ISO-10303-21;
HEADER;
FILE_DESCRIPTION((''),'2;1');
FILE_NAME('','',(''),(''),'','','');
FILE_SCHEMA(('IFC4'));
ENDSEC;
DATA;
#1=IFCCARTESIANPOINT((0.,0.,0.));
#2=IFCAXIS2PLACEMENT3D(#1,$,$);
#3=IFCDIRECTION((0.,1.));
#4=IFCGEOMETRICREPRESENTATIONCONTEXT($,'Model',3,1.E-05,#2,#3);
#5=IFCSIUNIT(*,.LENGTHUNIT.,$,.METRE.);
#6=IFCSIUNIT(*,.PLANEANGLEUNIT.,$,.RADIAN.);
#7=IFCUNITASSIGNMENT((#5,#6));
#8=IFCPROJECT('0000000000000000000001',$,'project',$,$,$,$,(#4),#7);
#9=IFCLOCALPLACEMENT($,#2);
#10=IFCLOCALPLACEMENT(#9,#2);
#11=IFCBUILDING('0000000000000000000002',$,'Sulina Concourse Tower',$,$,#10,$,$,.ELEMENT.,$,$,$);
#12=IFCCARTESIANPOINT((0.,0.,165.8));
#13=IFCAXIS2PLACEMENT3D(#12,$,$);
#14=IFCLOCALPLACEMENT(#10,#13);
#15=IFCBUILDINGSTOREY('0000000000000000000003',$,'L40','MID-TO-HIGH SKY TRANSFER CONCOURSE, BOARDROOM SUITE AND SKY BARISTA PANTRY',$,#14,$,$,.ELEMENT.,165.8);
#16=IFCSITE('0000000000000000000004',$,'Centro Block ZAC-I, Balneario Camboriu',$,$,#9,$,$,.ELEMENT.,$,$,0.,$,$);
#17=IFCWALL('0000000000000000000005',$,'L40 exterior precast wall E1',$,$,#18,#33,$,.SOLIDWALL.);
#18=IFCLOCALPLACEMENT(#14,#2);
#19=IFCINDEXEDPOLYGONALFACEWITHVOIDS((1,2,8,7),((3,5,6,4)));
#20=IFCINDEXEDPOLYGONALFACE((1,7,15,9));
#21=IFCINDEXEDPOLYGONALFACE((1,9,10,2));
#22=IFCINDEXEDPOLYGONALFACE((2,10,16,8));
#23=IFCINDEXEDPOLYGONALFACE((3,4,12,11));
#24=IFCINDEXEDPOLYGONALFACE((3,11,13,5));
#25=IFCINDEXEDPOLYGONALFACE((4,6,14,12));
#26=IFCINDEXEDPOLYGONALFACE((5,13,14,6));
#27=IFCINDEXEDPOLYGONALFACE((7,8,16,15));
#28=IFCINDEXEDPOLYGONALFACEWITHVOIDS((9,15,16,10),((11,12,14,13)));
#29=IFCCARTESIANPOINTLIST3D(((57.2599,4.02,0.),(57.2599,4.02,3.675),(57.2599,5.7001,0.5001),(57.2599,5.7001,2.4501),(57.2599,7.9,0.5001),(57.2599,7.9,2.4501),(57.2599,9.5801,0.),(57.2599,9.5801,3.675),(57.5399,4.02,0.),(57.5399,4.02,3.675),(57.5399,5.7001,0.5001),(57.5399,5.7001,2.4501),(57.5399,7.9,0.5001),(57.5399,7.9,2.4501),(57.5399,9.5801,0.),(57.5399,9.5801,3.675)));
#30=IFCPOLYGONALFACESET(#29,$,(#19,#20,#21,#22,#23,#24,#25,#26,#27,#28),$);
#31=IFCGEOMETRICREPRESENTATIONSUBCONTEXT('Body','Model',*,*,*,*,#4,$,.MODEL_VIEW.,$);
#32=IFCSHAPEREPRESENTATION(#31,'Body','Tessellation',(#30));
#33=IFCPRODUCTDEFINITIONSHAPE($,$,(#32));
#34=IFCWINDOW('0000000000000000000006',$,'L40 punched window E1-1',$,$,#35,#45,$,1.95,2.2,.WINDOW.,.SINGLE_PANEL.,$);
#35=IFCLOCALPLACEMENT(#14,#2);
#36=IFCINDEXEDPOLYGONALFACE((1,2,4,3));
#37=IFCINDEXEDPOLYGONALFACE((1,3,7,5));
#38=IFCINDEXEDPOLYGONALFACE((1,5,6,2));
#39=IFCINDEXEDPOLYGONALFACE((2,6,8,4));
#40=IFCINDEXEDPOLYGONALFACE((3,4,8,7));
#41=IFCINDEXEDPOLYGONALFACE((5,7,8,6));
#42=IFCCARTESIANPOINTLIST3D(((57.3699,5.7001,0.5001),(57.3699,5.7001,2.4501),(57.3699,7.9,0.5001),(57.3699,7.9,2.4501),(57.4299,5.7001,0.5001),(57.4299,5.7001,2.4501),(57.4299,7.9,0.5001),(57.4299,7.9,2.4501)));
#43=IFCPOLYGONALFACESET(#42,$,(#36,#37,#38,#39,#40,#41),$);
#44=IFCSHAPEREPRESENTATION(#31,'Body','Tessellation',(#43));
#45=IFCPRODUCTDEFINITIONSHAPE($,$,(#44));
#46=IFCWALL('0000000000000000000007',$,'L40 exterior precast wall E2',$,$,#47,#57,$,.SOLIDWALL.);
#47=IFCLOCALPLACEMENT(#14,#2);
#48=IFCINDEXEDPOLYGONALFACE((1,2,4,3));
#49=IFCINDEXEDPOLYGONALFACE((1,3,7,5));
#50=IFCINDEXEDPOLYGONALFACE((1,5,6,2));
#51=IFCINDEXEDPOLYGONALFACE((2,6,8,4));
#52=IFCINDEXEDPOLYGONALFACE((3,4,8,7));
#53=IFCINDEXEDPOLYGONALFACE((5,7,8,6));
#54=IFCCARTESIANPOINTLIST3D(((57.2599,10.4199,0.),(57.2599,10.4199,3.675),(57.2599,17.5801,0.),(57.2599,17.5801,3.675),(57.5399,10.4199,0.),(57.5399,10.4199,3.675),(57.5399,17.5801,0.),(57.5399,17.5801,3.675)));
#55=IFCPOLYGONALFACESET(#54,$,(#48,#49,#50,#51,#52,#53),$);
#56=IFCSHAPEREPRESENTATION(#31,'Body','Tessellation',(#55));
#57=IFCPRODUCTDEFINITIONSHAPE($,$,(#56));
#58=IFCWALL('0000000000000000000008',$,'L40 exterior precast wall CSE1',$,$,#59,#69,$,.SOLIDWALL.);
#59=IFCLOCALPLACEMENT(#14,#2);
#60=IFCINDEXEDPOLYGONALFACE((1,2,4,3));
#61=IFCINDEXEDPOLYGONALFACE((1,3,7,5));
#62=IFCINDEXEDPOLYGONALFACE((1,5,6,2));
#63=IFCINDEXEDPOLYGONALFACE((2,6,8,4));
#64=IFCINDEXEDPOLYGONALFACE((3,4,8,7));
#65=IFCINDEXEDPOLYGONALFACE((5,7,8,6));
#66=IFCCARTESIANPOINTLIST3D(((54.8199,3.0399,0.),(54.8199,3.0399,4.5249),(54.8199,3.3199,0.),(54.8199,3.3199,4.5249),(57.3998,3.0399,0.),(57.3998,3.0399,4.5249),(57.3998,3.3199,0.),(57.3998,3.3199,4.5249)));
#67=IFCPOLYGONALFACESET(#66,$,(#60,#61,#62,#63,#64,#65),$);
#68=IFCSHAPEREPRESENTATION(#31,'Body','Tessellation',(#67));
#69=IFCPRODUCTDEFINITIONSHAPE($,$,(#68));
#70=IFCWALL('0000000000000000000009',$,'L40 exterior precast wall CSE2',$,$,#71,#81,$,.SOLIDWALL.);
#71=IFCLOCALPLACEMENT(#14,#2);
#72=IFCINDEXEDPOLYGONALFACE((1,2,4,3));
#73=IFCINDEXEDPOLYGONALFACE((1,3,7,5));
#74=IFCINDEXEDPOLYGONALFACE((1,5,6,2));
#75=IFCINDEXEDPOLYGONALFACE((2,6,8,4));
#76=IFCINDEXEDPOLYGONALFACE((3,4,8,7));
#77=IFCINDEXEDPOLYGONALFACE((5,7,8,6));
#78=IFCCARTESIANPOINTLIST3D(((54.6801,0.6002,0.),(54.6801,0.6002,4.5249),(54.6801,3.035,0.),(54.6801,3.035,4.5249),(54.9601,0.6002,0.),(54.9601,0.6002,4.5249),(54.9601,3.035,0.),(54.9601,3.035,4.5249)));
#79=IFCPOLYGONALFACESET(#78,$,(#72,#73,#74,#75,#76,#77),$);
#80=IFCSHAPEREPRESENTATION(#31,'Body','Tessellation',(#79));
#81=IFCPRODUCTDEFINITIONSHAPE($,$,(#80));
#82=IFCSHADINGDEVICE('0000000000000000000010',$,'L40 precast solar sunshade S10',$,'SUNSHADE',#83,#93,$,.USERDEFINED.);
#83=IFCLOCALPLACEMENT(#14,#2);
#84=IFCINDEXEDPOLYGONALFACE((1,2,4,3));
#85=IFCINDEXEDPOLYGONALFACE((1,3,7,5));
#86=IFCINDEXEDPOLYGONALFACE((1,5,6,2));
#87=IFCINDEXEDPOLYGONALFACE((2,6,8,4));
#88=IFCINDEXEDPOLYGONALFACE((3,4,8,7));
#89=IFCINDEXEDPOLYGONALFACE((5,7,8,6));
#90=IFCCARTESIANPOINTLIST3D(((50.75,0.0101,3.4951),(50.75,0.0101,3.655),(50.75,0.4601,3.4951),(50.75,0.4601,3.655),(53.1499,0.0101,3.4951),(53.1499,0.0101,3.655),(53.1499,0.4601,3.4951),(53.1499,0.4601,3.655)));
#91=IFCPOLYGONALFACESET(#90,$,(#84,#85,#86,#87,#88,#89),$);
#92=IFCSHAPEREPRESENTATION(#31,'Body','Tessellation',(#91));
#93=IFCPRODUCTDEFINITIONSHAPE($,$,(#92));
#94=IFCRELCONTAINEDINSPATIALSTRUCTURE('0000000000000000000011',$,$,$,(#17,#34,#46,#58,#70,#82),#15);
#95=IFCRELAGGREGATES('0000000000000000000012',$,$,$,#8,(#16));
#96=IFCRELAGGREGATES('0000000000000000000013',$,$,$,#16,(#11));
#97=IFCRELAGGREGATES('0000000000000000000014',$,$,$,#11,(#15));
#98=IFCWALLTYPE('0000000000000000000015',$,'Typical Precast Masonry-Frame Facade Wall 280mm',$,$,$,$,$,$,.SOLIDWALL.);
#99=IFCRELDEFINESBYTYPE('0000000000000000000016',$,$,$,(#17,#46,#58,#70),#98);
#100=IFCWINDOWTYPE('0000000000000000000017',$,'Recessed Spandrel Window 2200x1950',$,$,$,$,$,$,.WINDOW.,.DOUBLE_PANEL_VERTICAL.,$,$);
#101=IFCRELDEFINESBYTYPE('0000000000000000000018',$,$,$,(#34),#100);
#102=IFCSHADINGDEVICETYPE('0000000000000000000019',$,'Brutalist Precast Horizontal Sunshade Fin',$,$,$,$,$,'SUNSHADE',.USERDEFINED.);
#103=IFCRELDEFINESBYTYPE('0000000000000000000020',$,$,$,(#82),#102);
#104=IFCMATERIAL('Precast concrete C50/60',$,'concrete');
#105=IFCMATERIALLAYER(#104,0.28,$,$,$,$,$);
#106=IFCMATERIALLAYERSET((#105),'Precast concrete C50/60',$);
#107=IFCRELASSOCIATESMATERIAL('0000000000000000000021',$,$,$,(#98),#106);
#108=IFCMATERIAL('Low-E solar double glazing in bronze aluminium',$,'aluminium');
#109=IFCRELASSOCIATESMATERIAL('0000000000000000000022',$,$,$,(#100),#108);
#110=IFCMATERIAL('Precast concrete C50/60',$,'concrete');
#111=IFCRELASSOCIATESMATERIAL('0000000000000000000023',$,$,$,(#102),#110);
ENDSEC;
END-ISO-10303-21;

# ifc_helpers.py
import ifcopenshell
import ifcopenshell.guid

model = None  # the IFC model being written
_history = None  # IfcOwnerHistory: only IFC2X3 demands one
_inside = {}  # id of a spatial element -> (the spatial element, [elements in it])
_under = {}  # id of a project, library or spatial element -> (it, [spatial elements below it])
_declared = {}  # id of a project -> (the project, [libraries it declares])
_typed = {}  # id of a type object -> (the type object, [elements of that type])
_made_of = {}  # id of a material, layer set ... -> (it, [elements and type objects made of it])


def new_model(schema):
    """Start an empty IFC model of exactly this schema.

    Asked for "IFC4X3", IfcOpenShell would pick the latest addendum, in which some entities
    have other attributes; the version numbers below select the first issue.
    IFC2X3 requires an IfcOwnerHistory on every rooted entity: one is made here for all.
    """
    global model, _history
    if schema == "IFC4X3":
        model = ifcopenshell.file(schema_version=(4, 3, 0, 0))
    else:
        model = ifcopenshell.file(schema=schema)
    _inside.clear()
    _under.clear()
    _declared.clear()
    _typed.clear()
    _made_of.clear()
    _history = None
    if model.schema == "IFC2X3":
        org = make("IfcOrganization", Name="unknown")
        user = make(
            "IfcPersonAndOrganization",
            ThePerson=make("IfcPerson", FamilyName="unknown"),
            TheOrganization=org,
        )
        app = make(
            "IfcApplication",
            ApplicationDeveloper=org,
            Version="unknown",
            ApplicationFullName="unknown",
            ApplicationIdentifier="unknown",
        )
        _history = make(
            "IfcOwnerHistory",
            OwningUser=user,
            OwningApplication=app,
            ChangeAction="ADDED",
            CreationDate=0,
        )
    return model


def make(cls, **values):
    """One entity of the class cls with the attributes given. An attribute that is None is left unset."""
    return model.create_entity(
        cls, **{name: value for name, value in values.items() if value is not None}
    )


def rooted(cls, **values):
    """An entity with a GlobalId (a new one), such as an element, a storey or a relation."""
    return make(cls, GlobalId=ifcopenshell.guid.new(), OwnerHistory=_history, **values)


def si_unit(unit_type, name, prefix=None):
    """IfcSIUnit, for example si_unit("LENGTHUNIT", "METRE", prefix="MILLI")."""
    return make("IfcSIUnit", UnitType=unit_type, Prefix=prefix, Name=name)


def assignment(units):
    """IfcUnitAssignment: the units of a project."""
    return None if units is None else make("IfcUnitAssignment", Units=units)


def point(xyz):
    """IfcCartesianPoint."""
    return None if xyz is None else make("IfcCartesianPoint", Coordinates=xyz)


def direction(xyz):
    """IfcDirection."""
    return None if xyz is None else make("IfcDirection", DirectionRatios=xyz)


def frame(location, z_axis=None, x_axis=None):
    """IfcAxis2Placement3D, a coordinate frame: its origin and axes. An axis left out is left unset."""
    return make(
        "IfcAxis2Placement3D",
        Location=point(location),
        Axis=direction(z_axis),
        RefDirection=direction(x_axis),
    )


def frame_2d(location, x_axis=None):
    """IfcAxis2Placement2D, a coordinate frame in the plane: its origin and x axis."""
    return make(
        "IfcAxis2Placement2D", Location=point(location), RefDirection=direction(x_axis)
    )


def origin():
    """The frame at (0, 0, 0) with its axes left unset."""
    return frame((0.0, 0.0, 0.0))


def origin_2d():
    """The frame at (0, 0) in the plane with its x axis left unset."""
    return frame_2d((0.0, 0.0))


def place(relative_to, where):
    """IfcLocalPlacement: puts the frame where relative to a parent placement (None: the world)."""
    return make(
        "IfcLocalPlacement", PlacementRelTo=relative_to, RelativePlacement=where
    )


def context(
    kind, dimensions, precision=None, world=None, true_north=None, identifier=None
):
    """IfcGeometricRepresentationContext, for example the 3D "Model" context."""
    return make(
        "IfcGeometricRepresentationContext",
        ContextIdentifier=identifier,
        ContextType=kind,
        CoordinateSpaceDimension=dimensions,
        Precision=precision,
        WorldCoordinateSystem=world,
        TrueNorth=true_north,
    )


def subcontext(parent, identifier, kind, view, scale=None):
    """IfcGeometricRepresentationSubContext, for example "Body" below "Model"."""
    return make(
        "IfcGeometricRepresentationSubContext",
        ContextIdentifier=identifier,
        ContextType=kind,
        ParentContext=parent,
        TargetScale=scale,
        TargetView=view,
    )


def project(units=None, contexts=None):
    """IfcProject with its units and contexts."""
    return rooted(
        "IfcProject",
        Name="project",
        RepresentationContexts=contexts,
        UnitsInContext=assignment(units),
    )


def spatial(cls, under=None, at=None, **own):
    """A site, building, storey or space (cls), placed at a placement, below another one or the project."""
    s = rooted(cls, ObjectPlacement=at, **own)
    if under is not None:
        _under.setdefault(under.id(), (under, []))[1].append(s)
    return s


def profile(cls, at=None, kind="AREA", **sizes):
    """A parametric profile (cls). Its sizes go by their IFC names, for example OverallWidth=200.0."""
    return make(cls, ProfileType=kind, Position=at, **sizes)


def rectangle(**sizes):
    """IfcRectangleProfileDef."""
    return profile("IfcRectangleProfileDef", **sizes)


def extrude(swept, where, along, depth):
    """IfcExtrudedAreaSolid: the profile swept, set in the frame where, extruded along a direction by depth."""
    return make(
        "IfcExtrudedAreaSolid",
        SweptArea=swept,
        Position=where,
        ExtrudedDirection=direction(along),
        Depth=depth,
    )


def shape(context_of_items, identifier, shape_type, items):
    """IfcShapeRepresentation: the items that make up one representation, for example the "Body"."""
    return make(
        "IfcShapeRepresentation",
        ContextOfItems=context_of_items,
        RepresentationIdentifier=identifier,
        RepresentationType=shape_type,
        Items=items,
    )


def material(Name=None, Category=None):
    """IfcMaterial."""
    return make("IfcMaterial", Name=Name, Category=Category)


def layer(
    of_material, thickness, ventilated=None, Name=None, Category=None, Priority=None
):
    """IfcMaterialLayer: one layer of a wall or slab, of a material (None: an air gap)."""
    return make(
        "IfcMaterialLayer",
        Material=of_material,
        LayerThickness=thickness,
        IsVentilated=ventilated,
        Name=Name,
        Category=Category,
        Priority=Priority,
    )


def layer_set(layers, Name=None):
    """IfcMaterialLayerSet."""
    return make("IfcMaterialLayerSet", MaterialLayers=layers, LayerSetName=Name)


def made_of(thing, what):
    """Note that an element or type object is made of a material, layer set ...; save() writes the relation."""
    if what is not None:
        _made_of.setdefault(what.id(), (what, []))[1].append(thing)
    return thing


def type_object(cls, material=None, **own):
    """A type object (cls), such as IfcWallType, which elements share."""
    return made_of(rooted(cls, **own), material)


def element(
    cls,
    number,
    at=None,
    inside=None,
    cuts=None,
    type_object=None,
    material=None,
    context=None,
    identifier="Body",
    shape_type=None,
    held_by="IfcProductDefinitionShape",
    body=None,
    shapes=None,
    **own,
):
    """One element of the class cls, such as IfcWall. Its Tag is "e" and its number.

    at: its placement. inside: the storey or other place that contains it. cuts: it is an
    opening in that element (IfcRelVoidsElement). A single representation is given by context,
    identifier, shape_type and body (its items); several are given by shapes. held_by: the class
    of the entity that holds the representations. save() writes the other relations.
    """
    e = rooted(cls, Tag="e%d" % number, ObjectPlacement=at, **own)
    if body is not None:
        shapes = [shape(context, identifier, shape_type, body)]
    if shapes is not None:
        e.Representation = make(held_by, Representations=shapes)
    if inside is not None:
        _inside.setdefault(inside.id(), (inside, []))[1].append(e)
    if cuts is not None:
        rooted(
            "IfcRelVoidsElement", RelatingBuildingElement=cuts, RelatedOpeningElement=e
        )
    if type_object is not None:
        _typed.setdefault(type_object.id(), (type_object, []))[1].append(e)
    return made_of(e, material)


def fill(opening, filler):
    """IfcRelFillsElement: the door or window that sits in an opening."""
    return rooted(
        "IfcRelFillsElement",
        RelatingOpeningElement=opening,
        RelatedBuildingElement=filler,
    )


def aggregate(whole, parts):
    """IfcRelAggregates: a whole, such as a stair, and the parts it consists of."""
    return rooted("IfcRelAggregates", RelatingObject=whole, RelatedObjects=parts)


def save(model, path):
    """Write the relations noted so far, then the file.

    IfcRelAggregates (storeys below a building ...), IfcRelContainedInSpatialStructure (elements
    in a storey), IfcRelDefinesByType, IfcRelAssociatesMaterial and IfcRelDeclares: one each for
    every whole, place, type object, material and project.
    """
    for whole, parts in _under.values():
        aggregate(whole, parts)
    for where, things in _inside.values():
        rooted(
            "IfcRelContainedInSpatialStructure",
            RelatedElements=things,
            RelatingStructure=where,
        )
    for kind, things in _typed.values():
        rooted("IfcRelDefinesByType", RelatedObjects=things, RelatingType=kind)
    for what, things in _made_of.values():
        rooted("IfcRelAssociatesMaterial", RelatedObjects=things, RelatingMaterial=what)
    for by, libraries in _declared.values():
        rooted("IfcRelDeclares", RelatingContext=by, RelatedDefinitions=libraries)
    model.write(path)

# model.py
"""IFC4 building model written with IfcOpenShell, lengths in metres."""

from ifc_helpers import new_model, si_unit, direction, frame, frame_2d, origin, origin_2d, place, context, subcontext, project, spatial, rectangle, extrude, material, layer, layer_set, type_object, element, fill, save


model = new_model("IFC4")

# Units and contexts
model_context = context("Model", 3, precision=1e-05, world=origin(), true_north=direction((0.0, 1.0)))
body_context = subcontext(model_context, "Body", "Model", "MODEL_VIEW")
ifc_project = project(units=[si_unit("LENGTHUNIT", "METRE"), si_unit("PLANEANGLEUNIT", "RADIAN")], contexts=[model_context])

# Site, building, storey
site_placement = place(None, origin())
site = spatial("IfcSite", under=ifc_project, at=site_placement, Name="Centro Block ZAC-I, Balneario Camboriu", CompositionType="ELEMENT", RefElevation=0.0)
building_placement = place(site_placement, origin())
building = spatial("IfcBuilding", under=site, at=building_placement, Name="Sulina Concourse Tower", CompositionType="ELEMENT")
storey_placement = place(building_placement, frame((0.0, 0.0, 165.8)))
storey = spatial("IfcBuildingStorey", under=building, at=storey_placement, Name="L40", Description="MID-TO-HIGH SKY TRANSFER CONCOURSE, BOARDROOM SUITE AND SKY BARISTA PANTRY", CompositionType="ELEMENT", Elevation=165.8)

# Shared definitions
ifc_material_1 = material(Name="Precast concrete C50/60", Category="concrete")
ifc_layer = layer(ifc_material_1, 0.28)
ifc_layer_set = layer_set([ifc_layer], Name="Precast concrete C50/60")
wall_type = type_object("IfcWallType", Name="Typical Precast Masonry-Frame Facade Wall 280mm", PredefinedType="SOLIDWALL", material=ifc_layer_set)

# Wall, opening, window
wall_1_placement = place(storey_placement, frame((57.3999, 9.5801, 0.0), z_axis=(0.0, 0.0, 1.0), x_axis=(0.0, -1.0, 0.0)))
wall_1 = element("IfcWall", 1, at=wall_1_placement, inside=storey, type_object=wall_type, Name="L40 exterior precast wall E1", PredefinedType="SOLIDWALL", context=body_context, shape_type="SweptSolid", body=[
    extrude(rectangle(XDim=5.5601, YDim=0.28, at=frame_2d((2.78, 0.0))), origin(), (0.0, 0.0, 1.0), 3.675),
])
opening_placement = place(wall_1_placement, frame((1.6799, 0.0, 0.5)))
opening = element("IfcOpeningElement", 2, at=opening_placement, cuts=wall_1, PredefinedType="OPENING", context=body_context, shape_type="SweptSolid", body=[
    extrude(rectangle(XDim=2.2, YDim=1.95, at=frame_2d((1.1001, 0.9751))), frame((0.0, 0.1499, 0.0), z_axis=(0.0, -1.0, 0.0), x_axis=(1.0, 0.0, 0.0)), (0.0, 0.0, 1.0), 0.3),
])
ifc_material_2 = material(Name="Low-E solar double glazing in bronze aluminium", Category="aluminium")
window_type = type_object("IfcWindowType", Name="Recessed Spandrel Window 2200x1950", PartitioningType="DOUBLE_PANEL_VERTICAL", PredefinedType="WINDOW", material=ifc_material_2)
window_placement = place(opening_placement, origin())
window = element("IfcWindow", 3, at=window_placement, inside=storey, type_object=window_type, Name="L40 punched window E1-1", OverallHeight=1.95, OverallWidth=2.2, PartitioningType="SINGLE_PANEL", PredefinedType="WINDOW", context=body_context, shape_type="SweptSolid", body=[
    extrude(rectangle(XDim=2.2, YDim=1.95, at=frame_2d((1.1001, 0.9751))), frame((0.0, 0.03, 0.0), z_axis=(0.0, -1.0, 0.0), x_axis=(1.0, 0.0, 0.0)), (0.0, 0.0, 1.0), 0.0601),
])
fill(opening, window)

# Walls
wall_2_placement = place(storey_placement, frame((57.3999, 17.5801, 0.0), z_axis=(0.0, 0.0, 1.0), x_axis=(0.0, -1.0, 0.0)))
element("IfcWall", 4, at=wall_2_placement, inside=storey, type_object=wall_type, Name="L40 exterior precast wall E2", PredefinedType="SOLIDWALL", context=body_context, shape_type="SweptSolid", body=[
    extrude(rectangle(XDim=7.1602, YDim=0.28, at=frame_2d((3.5801, 0.0))), origin(), (0.0, 0.0, 1.0), 3.675),
])
wall_3_placement = place(storey_placement, frame((57.3999, 3.1799, 0.0), z_axis=(0.0, 0.0, 1.0), x_axis=(-1.0, 0.0, 0.0)))
element("IfcWall", 5, at=wall_3_placement, inside=storey, type_object=wall_type, Name="L40 exterior precast wall CSE1", PredefinedType="SOLIDWALL", context=body_context, shape_type="SweptSolid", body=[
    extrude(rectangle(XDim=2.5798, YDim=0.28, at=frame_2d((1.29, 0.0))), origin(), (0.0, 0.0, 1.0), 4.5249),
])
wall_4_placement = place(storey_placement, frame((54.8201, 3.0349, 0.0), z_axis=(0.0, 0.0, 1.0), x_axis=(0.0, -1.0, 0.0)))
element("IfcWall", 6, at=wall_4_placement, inside=storey, type_object=wall_type, Name="L40 exterior precast wall CSE2", PredefinedType="SOLIDWALL", context=body_context, shape_type="SweptSolid", body=[
    extrude(rectangle(XDim=2.4348, YDim=0.28, at=frame_2d((1.2173, 0.0))), origin(), (0.0, 0.0, 1.0), 4.5249),
])

# Shading device
ifc_material_3 = material(Name="Precast concrete C50/60", Category="concrete")
shading_device_type = type_object("IfcShadingDeviceType", Name="Brutalist Precast Horizontal Sunshade Fin", ElementType="SUNSHADE", PredefinedType="USERDEFINED", material=ifc_material_3)
shading_device_placement = place(storey_placement, frame((51.95, 0.2351, 3.4951), z_axis=(0.0, 0.0, 1.0), x_axis=(1.0, 0.0, 0.0)))
element("IfcShadingDevice", 7, at=shading_device_placement, inside=storey, type_object=shading_device_type, Name="L40 precast solar sunshade S10", ObjectType="SUNSHADE", PredefinedType="USERDEFINED", context=body_context, shape_type="SweptSolid", body=[
    extrude(rectangle(XDim=2.3999, YDim=0.45, at=origin_2d()), origin(), (0.0, 0.0, 1.0), 0.1599),
])

save(model, "model.ifc")
